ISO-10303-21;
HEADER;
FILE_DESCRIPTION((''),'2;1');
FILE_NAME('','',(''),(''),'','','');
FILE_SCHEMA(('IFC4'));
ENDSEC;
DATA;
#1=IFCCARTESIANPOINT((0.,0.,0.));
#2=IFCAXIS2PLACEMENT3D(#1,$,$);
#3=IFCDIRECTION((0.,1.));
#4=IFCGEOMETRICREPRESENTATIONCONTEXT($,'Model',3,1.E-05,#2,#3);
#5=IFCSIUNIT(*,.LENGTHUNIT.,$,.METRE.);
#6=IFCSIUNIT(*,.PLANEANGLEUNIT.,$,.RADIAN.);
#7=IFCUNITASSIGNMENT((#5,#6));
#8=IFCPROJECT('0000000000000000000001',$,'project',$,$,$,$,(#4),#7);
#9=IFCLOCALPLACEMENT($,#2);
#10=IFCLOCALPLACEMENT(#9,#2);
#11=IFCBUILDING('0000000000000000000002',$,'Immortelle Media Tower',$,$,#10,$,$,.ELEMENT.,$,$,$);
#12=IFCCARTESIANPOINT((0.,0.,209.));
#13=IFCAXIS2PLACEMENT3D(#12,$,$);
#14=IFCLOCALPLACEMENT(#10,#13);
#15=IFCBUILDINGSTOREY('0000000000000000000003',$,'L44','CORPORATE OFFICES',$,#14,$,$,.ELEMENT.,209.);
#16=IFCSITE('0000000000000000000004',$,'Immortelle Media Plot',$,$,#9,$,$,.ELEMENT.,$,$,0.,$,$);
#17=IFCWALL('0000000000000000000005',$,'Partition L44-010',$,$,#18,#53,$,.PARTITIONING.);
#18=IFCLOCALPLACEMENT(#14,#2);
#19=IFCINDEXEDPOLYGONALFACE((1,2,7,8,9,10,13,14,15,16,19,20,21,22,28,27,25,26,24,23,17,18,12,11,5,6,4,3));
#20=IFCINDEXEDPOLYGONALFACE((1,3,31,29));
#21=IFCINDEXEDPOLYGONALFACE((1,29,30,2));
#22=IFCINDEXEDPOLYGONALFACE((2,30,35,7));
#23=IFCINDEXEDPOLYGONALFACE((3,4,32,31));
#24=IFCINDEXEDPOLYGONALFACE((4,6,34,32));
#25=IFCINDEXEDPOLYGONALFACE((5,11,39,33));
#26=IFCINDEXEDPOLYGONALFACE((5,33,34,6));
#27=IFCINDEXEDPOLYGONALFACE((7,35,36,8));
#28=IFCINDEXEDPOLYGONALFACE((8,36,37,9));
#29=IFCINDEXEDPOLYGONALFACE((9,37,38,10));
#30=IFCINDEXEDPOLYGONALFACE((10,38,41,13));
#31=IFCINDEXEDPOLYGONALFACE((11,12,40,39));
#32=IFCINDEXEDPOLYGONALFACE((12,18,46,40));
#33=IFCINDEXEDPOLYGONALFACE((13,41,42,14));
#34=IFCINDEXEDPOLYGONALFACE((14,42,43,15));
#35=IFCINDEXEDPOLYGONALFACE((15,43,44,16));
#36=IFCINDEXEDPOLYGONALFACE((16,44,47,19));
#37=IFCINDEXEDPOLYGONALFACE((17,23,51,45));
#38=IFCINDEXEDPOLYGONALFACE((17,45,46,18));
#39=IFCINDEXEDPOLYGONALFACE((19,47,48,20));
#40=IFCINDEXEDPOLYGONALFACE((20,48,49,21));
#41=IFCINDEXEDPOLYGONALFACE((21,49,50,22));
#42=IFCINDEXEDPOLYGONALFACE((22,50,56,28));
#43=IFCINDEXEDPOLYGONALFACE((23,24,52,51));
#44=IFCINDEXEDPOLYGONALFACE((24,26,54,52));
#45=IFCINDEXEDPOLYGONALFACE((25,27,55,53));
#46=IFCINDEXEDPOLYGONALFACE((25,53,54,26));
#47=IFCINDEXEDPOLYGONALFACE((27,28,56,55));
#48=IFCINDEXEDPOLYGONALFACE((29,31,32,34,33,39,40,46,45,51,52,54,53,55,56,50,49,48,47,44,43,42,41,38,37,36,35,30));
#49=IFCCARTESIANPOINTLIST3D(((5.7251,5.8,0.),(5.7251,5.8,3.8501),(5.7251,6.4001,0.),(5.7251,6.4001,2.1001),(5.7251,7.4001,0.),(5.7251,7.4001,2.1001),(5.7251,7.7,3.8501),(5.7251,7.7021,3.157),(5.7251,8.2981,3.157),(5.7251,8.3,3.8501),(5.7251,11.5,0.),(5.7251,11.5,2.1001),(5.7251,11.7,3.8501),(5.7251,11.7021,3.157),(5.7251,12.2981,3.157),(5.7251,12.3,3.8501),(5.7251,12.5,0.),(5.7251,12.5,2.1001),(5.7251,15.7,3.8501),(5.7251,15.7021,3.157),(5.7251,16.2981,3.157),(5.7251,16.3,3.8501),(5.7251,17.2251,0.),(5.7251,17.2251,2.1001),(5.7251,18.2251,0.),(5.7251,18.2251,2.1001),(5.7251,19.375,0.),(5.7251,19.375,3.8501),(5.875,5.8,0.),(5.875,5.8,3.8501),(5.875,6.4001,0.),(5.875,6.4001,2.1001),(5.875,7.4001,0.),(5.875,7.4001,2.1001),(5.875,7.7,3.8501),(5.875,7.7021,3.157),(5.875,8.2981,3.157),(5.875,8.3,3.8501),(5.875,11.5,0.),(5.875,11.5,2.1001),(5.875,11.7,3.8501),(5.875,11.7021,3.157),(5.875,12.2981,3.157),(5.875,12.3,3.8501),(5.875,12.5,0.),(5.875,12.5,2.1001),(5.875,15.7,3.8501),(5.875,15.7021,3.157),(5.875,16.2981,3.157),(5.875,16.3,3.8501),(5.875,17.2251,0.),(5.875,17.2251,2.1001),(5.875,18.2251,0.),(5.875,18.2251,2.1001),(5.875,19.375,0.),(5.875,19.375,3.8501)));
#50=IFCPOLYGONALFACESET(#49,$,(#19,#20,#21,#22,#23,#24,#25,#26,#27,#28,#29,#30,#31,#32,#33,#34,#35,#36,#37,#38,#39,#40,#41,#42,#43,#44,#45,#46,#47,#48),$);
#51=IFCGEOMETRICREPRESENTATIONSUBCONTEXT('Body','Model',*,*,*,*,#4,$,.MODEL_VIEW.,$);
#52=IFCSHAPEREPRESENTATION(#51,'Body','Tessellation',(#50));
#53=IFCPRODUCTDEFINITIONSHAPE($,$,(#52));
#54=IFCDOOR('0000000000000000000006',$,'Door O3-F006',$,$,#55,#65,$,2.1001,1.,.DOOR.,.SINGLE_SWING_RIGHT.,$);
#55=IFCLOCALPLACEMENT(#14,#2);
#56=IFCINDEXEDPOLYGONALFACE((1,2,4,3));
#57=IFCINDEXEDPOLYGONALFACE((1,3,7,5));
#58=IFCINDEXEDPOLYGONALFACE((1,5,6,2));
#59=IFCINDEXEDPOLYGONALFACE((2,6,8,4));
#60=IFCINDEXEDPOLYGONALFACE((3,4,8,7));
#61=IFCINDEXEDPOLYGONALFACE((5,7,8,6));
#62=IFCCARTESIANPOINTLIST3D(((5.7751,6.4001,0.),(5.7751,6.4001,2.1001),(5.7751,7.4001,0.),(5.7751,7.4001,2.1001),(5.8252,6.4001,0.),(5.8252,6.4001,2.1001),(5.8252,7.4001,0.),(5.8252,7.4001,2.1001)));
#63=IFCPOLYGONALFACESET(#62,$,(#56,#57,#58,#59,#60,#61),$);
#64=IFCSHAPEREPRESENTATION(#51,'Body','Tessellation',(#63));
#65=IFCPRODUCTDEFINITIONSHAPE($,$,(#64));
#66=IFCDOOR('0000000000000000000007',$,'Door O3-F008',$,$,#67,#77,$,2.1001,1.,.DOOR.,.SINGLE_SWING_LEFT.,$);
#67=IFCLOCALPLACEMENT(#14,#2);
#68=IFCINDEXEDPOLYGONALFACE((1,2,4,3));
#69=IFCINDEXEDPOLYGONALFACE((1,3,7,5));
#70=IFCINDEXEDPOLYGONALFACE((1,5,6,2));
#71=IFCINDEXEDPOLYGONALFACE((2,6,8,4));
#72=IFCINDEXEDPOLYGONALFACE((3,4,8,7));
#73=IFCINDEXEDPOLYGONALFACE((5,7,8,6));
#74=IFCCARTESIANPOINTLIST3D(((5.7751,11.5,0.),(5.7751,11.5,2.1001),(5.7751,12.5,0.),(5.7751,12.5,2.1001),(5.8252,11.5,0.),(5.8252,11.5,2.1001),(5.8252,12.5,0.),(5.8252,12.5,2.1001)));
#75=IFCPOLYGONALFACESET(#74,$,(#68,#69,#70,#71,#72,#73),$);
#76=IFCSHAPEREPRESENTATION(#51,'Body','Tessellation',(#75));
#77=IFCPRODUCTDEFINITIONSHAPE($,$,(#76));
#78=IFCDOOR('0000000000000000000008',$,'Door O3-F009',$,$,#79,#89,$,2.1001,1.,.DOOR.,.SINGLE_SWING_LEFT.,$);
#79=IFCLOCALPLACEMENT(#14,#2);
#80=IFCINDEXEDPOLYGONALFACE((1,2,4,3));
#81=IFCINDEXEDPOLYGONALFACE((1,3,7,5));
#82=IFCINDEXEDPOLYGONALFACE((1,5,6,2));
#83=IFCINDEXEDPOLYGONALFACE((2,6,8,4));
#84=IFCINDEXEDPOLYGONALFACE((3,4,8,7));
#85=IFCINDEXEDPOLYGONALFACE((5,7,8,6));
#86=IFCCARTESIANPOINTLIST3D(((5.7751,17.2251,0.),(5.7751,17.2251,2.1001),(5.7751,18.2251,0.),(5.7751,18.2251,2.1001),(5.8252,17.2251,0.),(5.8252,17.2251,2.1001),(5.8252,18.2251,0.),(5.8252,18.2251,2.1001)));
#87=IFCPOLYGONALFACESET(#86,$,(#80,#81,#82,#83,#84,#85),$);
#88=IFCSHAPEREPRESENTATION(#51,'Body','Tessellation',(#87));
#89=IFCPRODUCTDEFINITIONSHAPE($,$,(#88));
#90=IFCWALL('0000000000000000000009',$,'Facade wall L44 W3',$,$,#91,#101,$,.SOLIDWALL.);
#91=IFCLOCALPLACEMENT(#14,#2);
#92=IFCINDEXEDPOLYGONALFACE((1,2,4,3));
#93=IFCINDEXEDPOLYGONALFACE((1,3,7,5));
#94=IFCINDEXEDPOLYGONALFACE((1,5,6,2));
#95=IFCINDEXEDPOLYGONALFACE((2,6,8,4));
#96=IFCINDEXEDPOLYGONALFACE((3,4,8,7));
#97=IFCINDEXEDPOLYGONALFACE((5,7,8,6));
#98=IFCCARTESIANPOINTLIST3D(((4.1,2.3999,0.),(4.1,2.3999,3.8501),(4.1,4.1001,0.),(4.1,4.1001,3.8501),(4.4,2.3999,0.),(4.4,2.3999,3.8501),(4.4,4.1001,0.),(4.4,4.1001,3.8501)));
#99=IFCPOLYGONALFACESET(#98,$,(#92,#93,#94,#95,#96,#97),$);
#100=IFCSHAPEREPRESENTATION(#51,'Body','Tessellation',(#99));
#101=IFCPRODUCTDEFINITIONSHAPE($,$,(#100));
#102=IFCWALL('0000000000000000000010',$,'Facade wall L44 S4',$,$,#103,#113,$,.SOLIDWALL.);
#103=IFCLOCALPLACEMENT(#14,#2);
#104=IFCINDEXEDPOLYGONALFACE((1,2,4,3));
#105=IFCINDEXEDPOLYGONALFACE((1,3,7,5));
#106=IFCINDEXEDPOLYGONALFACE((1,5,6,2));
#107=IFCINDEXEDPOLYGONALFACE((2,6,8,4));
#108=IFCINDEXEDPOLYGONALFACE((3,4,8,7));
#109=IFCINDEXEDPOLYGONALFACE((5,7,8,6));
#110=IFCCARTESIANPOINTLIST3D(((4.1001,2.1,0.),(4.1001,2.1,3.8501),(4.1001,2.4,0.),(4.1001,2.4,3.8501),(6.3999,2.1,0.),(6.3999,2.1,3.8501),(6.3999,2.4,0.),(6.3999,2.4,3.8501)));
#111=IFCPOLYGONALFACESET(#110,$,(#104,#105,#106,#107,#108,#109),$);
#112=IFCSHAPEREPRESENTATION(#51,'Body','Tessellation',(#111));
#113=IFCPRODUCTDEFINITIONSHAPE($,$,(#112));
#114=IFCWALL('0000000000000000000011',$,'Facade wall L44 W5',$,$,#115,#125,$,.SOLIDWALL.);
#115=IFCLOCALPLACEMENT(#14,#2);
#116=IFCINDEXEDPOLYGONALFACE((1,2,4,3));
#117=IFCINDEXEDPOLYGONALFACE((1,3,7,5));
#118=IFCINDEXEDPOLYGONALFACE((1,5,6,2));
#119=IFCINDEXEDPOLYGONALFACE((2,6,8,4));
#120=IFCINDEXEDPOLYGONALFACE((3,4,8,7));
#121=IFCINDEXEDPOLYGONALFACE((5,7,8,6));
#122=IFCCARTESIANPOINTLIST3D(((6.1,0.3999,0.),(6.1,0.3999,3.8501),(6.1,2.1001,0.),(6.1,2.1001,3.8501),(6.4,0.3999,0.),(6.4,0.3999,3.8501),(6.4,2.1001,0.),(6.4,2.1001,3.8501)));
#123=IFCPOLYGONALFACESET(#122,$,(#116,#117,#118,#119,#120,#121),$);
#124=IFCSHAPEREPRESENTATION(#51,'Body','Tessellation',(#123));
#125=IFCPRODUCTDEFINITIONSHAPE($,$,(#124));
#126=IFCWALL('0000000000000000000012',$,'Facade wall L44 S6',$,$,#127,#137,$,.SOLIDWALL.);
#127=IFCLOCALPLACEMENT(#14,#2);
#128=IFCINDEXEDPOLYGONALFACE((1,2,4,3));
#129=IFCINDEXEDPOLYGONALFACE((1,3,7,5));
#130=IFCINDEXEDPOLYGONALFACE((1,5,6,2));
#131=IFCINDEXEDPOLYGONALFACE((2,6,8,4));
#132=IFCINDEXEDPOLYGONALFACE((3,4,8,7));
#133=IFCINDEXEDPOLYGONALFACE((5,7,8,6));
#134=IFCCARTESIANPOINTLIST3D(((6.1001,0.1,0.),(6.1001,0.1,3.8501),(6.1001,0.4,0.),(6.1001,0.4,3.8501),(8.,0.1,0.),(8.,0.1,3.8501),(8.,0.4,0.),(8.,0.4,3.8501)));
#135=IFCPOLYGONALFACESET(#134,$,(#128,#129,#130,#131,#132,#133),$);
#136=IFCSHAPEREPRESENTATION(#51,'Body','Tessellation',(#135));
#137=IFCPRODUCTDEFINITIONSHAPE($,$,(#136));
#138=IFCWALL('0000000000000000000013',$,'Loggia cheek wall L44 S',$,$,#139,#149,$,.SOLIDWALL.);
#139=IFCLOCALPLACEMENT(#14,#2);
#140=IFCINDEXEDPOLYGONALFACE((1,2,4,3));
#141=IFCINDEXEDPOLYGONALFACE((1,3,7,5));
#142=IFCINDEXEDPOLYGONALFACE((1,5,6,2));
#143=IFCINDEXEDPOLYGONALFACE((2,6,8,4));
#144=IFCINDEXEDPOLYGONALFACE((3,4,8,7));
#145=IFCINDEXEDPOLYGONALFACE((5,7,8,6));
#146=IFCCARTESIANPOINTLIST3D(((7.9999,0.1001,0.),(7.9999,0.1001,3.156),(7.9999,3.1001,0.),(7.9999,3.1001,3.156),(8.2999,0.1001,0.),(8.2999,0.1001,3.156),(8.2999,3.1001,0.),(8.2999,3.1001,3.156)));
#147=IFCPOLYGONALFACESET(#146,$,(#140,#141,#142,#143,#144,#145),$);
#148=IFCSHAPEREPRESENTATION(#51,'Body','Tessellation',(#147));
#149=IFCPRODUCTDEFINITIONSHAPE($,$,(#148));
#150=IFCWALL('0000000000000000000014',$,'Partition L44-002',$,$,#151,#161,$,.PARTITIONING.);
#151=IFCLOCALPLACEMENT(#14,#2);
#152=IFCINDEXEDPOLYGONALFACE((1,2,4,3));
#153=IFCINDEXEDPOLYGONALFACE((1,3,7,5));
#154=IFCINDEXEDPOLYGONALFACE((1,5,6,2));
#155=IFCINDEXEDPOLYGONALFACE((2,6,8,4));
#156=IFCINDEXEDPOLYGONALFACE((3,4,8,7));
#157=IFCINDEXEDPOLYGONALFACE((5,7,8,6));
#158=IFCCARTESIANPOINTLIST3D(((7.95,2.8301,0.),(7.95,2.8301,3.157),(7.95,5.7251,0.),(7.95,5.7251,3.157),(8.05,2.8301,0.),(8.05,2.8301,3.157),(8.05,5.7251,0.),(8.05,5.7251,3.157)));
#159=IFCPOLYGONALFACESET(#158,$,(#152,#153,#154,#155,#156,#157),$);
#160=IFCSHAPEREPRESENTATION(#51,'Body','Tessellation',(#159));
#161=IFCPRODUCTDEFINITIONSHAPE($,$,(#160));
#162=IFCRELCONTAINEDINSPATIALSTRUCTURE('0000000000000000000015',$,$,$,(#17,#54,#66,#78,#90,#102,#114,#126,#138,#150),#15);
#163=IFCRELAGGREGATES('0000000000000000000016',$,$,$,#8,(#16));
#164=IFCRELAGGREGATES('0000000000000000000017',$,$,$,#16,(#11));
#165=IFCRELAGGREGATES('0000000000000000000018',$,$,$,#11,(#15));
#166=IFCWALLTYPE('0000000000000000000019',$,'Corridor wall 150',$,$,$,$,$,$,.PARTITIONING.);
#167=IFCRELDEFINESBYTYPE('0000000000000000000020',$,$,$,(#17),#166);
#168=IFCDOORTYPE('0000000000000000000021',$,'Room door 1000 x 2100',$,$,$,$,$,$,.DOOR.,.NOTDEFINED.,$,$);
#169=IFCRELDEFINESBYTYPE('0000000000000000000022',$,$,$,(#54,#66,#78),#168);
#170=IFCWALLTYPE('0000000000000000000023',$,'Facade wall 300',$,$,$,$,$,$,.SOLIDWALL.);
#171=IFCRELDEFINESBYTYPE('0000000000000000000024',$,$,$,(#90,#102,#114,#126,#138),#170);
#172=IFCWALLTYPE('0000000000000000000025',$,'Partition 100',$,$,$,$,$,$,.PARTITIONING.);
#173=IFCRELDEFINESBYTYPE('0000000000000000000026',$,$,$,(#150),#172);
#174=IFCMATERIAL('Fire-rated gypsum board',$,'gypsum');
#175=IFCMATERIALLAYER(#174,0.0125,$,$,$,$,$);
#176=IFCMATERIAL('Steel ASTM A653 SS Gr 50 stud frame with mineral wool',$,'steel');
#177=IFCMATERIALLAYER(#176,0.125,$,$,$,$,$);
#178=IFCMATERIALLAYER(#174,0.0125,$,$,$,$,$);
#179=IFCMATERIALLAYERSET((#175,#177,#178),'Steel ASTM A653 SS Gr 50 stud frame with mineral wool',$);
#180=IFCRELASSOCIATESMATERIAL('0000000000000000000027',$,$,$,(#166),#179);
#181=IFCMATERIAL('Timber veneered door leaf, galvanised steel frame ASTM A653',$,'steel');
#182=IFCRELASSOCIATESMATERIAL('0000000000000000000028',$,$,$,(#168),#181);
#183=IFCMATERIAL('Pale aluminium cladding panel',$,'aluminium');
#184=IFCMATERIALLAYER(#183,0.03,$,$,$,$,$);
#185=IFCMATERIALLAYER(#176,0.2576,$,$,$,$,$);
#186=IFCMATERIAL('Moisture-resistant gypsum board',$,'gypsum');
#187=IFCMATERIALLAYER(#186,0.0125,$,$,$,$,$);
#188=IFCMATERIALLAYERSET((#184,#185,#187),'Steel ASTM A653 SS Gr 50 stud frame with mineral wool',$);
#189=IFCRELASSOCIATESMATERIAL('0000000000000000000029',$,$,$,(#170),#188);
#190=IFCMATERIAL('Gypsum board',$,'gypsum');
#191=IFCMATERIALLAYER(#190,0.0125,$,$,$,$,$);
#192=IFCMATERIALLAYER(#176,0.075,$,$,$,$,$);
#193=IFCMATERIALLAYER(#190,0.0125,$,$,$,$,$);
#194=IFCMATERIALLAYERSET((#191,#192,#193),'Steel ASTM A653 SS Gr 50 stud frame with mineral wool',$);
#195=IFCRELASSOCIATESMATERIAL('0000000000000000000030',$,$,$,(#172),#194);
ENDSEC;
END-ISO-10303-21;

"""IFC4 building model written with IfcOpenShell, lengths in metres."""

from ifc_helpers import new_model, si_unit, direction, frame, frame_2d, origin, place, context, subcontext, project, spatial, polyline, rectangle, outline, extrude, material, layer, layer_set, type_object, element, fill, save


model = new_model("IFC4")

# Units and contexts
model_context = context("Model", 3, precision=1e-05, world=origin(), true_north=direction((0.0, 1.0)))
body_context = subcontext(model_context, "Body", "Model", "MODEL_VIEW")
ifc_project = project(units=[si_unit("LENGTHUNIT", "METRE"), si_unit("PLANEANGLEUNIT", "RADIAN")], contexts=[model_context])

# Site, building, storey
site_placement = place(None, origin())
site = spatial("IfcSite", under=ifc_project, at=site_placement, Name="Immortelle Media Plot", CompositionType="ELEMENT", RefElevation=0.0)
building_placement = place(site_placement, origin())
building = spatial("IfcBuilding", under=site, at=building_placement, Name="Immortelle Media Tower", CompositionType="ELEMENT")
storey_placement = place(building_placement, frame((0.0, 0.0, 209.0)))
storey = spatial("IfcBuildingStorey", under=building, at=storey_placement, Name="L44", Description="CORPORATE OFFICES", CompositionType="ELEMENT", Elevation=209.0)

# Wall, openings, doors
ifc_material_1 = material(Name="Fire-rated gypsum board", Category="gypsum")
ifc_layer_1 = layer(ifc_material_1, 0.0125)
ifc_material_2 = material(Name="Steel ASTM A653 SS Gr 50 stud frame with mineral wool", Category="steel")
ifc_layer_2 = layer(ifc_material_2, 0.125)
ifc_layer_3 = layer(ifc_material_1, 0.0125)
ifc_layer_set_1 = layer_set([ifc_layer_1, ifc_layer_2, ifc_layer_3], Name="Steel ASTM A653 SS Gr 50 stud frame with mineral wool")
wall_type_1 = type_object("IfcWallType", Name="Corridor wall 150", PredefinedType="PARTITIONING", material=ifc_layer_set_1)
ifc_material_3 = material(Name="Timber veneered door leaf, galvanised steel frame ASTM A653", Category="steel")
door_type = type_object("IfcDoorType", Name="Room door 1000 x 2100", OperationType="NOTDEFINED", PredefinedType="DOOR", material=ifc_material_3)
wall_1_placement = place(storey_placement, frame((5.8, 5.8, 0.0), z_axis=(0.0, 0.0, 1.0), x_axis=(0.0, 1.0, 0.0)))
wall_1 = element("IfcWall", 1, at=wall_1_placement, inside=storey, type_object=wall_type_1, Name="Partition L44-010", PredefinedType="PARTITIONING", context=body_context, shape_type="SweptSolid", body=[
    extrude(outline(polyline([(0.0, 0.0), (13.575, 0.0), (13.575, 3.8501), (10.5, 3.8501), (10.498, 3.157), (9.9021, 3.157), (9.8999, 3.8501), (6.5, 3.8501), (6.498, 3.157), (5.9021, 3.157), (5.8999, 3.8501), (2.5, 3.8501), (2.498, 3.157), (1.9021, 3.157), (1.8999, 3.8501), (0.0, 3.8501), (0.0, 0.0)])), frame((0.0, 0.075, 0.0), z_axis=(0.0, -1.0, 0.0), x_axis=(1.0, 0.0, 0.0)), (0.0, 0.0, 1.0), 0.1499),
])
opening_1_placement = place(wall_1_placement, frame((0.6001, 0.0, 0.0)))
opening_1 = element("IfcOpeningElement", 2, at=opening_1_placement, cuts=wall_1, PredefinedType="OPENING", context=body_context, shape_type="SweptSolid", body=[
    extrude(rectangle(XDim=1.0, YDim=2.1001, at=frame_2d((0.5, 1.05))), frame((0.0, 0.085, 0.0), z_axis=(0.0, -1.0, 0.0), x_axis=(1.0, 0.0, 0.0)), (0.0, 0.0, 1.0), 0.1699),
])
opening_2_placement = place(wall_1_placement, frame((5.7, 0.0, 0.0)))
opening_2 = element("IfcOpeningElement", 3, at=opening_2_placement, cuts=wall_1, PredefinedType="OPENING", context=body_context, shape_type="SweptSolid", body=[
    extrude(rectangle(XDim=1.0, YDim=2.1001, at=frame_2d((0.5, 1.05))), frame((0.0, 0.085, 0.0), z_axis=(0.0, -1.0, 0.0), x_axis=(1.0, 0.0, 0.0)), (0.0, 0.0, 1.0), 0.1699),
])
opening_3_placement = place(wall_1_placement, frame((11.425, 0.0, 0.0)))
opening_3 = element("IfcOpeningElement", 4, at=opening_3_placement, cuts=wall_1, PredefinedType="OPENING", context=body_context, shape_type="SweptSolid", body=[
    extrude(rectangle(XDim=1.0, YDim=2.1001, at=frame_2d((0.5, 1.05))), frame((0.0, 0.085, 0.0), z_axis=(0.0, -1.0, 0.0), x_axis=(1.0, 0.0, 0.0)), (0.0, 0.0, 1.0), 0.1699),
])
door_1_placement = place(opening_1_placement, origin())
door_1 = element("IfcDoor", 5, at=door_1_placement, inside=storey, type_object=door_type, Name="Door O3-F006", OperationType="SINGLE_SWING_RIGHT", OverallHeight=2.1001, OverallWidth=1.0, PredefinedType="DOOR", context=body_context, shape_type="SweptSolid", body=[
    extrude(rectangle(XDim=1.0, YDim=2.1001, at=frame_2d((0.5, 1.05))), frame((0.0, 0.0249, 0.0), z_axis=(0.0, -1.0, 0.0), x_axis=(1.0, 0.0, 0.0)), (0.0, 0.0, 1.0), 0.05),
])
fill(opening_1, door_1)
door_2_placement = place(opening_2_placement, origin())
door_2 = element("IfcDoor", 6, at=door_2_placement, inside=storey, type_object=door_type, Name="Door O3-F008", OperationType="SINGLE_SWING_LEFT", OverallHeight=2.1001, OverallWidth=1.0, PredefinedType="DOOR", context=body_context, shape_type="SweptSolid", body=[
    extrude(rectangle(XDim=1.0, YDim=2.1001, at=frame_2d((0.5, 1.05))), frame((0.0, 0.0249, 0.0), z_axis=(0.0, -1.0, 0.0), x_axis=(1.0, 0.0, 0.0)), (0.0, 0.0, 1.0), 0.05),
])
fill(opening_2, door_2)
door_3_placement = place(opening_3_placement, origin())
door_3 = element("IfcDoor", 7, at=door_3_placement, inside=storey, type_object=door_type, Name="Door O3-F009", OperationType="SINGLE_SWING_LEFT", OverallHeight=2.1001, OverallWidth=1.0, PredefinedType="DOOR", context=body_context, shape_type="SweptSolid", body=[
    extrude(rectangle(XDim=1.0, YDim=2.1001, at=frame_2d((0.5, 1.05))), frame((0.0, 0.0249, 0.0), z_axis=(0.0, -1.0, 0.0), x_axis=(1.0, 0.0, 0.0)), (0.0, 0.0, 1.0), 0.05),
])
fill(opening_3, door_3)

# Walls
ifc_material_4 = material(Name="Pale aluminium cladding panel", Category="aluminium")
ifc_layer_4 = layer(ifc_material_4, 0.03)
ifc_layer_5 = layer(ifc_material_2, 0.2576)
ifc_material_5 = material(Name="Moisture-resistant gypsum board", Category="gypsum")
ifc_layer_6 = layer(ifc_material_5, 0.0125)
ifc_layer_set_2 = layer_set([ifc_layer_4, ifc_layer_5, ifc_layer_6], Name="Steel ASTM A653 SS Gr 50 stud frame with mineral wool")
wall_type_2 = type_object("IfcWallType", Name="Facade wall 300", PredefinedType="SOLIDWALL", material=ifc_layer_set_2)
wall_2_placement = place(storey_placement, frame((4.25, 4.1001, 0.0), z_axis=(0.0, 0.0, 1.0), x_axis=(0.0, -1.0, 0.0)))
element("IfcWall", 8, at=wall_2_placement, inside=storey, type_object=wall_type_2, Name="Facade wall L44 W3", PredefinedType="SOLIDWALL", context=body_context, shape_type="SweptSolid", body=[
    extrude(rectangle(XDim=1.7002, YDim=0.3, at=frame_2d((0.8501, 0.0))), origin(), (0.0, 0.0, 1.0), 3.8501),
])
wall_3_placement = place(storey_placement, frame((4.1001, 2.25, 0.0), z_axis=(0.0, 0.0, 1.0), x_axis=(1.0, 0.0, 0.0)))
element("IfcWall", 9, at=wall_3_placement, inside=storey, type_object=wall_type_2, Name="Facade wall L44 S4", PredefinedType="SOLIDWALL", context=body_context, shape_type="SweptSolid", body=[
    extrude(rectangle(XDim=2.2998, YDim=0.3, at=frame_2d((1.1499, 0.0))), origin(), (0.0, 0.0, 1.0), 3.8501),
])
wall_4_placement = place(storey_placement, frame((6.25, 2.1001, 0.0), z_axis=(0.0, 0.0, 1.0), x_axis=(0.0, -1.0, 0.0)))
element("IfcWall", 10, at=wall_4_placement, inside=storey, type_object=wall_type_2, Name="Facade wall L44 W5", PredefinedType="SOLIDWALL", context=body_context, shape_type="SweptSolid", body=[
    extrude(rectangle(XDim=1.7002, YDim=0.3, at=frame_2d((0.8501, 0.0))), origin(), (0.0, 0.0, 1.0), 3.8501),
])
wall_5_placement = place(storey_placement, frame((6.1001, 0.25, 0.0), z_axis=(0.0, 0.0, 1.0), x_axis=(1.0, 0.0, 0.0)))
element("IfcWall", 11, at=wall_5_placement, inside=storey, type_object=wall_type_2, Name="Facade wall L44 S6", PredefinedType="SOLIDWALL", context=body_context, shape_type="SweptSolid", body=[
    extrude(rectangle(XDim=1.8999, YDim=0.3, at=frame_2d((0.95, 0.0))), origin(), (0.0, 0.0, 1.0), 3.8501),
])
wall_6_placement = place(storey_placement, frame((8.1499, 0.1001, 0.0), z_axis=(0.0, 0.0, 1.0), x_axis=(0.0, 1.0, 0.0)))
element("IfcWall", 12, at=wall_6_placement, inside=storey, type_object=wall_type_2, Name="Loggia cheek wall L44 S", PredefinedType="SOLIDWALL", context=body_context, shape_type="SweptSolid", body=[
    extrude(rectangle(XDim=3.0, YDim=0.3, at=frame_2d((1.5, 0.0))), origin(), (0.0, 0.0, 1.0), 3.156),
])
ifc_material_6 = material(Name="Gypsum board", Category="gypsum")
ifc_layer_7 = layer(ifc_material_6, 0.0125)
ifc_layer_8 = layer(ifc_material_2, 0.075)
ifc_layer_9 = layer(ifc_material_6, 0.0125)
ifc_layer_set_3 = layer_set([ifc_layer_7, ifc_layer_8, ifc_layer_9], Name="Steel ASTM A653 SS Gr 50 stud frame with mineral wool")
wall_type_3 = type_object("IfcWallType", Name="Partition 100", PredefinedType="PARTITIONING", material=ifc_layer_set_3)
wall_7_placement = place(storey_placement, frame((8.0, 2.8301, 0.0), z_axis=(0.0, 0.0, 1.0), x_axis=(0.0, 1.0, 0.0)))
element("IfcWall", 13, at=wall_7_placement, inside=storey, type_object=wall_type_3, Name="Partition L44-002", PredefinedType="PARTITIONING", context=body_context, shape_type="SweptSolid", body=[
    extrude(rectangle(XDim=2.895, YDim=0.1001, at=frame_2d((1.4475, 0.0))), origin(), (0.0, 0.0, 1.0), 3.157),
])

save(model, "model.ifc")
